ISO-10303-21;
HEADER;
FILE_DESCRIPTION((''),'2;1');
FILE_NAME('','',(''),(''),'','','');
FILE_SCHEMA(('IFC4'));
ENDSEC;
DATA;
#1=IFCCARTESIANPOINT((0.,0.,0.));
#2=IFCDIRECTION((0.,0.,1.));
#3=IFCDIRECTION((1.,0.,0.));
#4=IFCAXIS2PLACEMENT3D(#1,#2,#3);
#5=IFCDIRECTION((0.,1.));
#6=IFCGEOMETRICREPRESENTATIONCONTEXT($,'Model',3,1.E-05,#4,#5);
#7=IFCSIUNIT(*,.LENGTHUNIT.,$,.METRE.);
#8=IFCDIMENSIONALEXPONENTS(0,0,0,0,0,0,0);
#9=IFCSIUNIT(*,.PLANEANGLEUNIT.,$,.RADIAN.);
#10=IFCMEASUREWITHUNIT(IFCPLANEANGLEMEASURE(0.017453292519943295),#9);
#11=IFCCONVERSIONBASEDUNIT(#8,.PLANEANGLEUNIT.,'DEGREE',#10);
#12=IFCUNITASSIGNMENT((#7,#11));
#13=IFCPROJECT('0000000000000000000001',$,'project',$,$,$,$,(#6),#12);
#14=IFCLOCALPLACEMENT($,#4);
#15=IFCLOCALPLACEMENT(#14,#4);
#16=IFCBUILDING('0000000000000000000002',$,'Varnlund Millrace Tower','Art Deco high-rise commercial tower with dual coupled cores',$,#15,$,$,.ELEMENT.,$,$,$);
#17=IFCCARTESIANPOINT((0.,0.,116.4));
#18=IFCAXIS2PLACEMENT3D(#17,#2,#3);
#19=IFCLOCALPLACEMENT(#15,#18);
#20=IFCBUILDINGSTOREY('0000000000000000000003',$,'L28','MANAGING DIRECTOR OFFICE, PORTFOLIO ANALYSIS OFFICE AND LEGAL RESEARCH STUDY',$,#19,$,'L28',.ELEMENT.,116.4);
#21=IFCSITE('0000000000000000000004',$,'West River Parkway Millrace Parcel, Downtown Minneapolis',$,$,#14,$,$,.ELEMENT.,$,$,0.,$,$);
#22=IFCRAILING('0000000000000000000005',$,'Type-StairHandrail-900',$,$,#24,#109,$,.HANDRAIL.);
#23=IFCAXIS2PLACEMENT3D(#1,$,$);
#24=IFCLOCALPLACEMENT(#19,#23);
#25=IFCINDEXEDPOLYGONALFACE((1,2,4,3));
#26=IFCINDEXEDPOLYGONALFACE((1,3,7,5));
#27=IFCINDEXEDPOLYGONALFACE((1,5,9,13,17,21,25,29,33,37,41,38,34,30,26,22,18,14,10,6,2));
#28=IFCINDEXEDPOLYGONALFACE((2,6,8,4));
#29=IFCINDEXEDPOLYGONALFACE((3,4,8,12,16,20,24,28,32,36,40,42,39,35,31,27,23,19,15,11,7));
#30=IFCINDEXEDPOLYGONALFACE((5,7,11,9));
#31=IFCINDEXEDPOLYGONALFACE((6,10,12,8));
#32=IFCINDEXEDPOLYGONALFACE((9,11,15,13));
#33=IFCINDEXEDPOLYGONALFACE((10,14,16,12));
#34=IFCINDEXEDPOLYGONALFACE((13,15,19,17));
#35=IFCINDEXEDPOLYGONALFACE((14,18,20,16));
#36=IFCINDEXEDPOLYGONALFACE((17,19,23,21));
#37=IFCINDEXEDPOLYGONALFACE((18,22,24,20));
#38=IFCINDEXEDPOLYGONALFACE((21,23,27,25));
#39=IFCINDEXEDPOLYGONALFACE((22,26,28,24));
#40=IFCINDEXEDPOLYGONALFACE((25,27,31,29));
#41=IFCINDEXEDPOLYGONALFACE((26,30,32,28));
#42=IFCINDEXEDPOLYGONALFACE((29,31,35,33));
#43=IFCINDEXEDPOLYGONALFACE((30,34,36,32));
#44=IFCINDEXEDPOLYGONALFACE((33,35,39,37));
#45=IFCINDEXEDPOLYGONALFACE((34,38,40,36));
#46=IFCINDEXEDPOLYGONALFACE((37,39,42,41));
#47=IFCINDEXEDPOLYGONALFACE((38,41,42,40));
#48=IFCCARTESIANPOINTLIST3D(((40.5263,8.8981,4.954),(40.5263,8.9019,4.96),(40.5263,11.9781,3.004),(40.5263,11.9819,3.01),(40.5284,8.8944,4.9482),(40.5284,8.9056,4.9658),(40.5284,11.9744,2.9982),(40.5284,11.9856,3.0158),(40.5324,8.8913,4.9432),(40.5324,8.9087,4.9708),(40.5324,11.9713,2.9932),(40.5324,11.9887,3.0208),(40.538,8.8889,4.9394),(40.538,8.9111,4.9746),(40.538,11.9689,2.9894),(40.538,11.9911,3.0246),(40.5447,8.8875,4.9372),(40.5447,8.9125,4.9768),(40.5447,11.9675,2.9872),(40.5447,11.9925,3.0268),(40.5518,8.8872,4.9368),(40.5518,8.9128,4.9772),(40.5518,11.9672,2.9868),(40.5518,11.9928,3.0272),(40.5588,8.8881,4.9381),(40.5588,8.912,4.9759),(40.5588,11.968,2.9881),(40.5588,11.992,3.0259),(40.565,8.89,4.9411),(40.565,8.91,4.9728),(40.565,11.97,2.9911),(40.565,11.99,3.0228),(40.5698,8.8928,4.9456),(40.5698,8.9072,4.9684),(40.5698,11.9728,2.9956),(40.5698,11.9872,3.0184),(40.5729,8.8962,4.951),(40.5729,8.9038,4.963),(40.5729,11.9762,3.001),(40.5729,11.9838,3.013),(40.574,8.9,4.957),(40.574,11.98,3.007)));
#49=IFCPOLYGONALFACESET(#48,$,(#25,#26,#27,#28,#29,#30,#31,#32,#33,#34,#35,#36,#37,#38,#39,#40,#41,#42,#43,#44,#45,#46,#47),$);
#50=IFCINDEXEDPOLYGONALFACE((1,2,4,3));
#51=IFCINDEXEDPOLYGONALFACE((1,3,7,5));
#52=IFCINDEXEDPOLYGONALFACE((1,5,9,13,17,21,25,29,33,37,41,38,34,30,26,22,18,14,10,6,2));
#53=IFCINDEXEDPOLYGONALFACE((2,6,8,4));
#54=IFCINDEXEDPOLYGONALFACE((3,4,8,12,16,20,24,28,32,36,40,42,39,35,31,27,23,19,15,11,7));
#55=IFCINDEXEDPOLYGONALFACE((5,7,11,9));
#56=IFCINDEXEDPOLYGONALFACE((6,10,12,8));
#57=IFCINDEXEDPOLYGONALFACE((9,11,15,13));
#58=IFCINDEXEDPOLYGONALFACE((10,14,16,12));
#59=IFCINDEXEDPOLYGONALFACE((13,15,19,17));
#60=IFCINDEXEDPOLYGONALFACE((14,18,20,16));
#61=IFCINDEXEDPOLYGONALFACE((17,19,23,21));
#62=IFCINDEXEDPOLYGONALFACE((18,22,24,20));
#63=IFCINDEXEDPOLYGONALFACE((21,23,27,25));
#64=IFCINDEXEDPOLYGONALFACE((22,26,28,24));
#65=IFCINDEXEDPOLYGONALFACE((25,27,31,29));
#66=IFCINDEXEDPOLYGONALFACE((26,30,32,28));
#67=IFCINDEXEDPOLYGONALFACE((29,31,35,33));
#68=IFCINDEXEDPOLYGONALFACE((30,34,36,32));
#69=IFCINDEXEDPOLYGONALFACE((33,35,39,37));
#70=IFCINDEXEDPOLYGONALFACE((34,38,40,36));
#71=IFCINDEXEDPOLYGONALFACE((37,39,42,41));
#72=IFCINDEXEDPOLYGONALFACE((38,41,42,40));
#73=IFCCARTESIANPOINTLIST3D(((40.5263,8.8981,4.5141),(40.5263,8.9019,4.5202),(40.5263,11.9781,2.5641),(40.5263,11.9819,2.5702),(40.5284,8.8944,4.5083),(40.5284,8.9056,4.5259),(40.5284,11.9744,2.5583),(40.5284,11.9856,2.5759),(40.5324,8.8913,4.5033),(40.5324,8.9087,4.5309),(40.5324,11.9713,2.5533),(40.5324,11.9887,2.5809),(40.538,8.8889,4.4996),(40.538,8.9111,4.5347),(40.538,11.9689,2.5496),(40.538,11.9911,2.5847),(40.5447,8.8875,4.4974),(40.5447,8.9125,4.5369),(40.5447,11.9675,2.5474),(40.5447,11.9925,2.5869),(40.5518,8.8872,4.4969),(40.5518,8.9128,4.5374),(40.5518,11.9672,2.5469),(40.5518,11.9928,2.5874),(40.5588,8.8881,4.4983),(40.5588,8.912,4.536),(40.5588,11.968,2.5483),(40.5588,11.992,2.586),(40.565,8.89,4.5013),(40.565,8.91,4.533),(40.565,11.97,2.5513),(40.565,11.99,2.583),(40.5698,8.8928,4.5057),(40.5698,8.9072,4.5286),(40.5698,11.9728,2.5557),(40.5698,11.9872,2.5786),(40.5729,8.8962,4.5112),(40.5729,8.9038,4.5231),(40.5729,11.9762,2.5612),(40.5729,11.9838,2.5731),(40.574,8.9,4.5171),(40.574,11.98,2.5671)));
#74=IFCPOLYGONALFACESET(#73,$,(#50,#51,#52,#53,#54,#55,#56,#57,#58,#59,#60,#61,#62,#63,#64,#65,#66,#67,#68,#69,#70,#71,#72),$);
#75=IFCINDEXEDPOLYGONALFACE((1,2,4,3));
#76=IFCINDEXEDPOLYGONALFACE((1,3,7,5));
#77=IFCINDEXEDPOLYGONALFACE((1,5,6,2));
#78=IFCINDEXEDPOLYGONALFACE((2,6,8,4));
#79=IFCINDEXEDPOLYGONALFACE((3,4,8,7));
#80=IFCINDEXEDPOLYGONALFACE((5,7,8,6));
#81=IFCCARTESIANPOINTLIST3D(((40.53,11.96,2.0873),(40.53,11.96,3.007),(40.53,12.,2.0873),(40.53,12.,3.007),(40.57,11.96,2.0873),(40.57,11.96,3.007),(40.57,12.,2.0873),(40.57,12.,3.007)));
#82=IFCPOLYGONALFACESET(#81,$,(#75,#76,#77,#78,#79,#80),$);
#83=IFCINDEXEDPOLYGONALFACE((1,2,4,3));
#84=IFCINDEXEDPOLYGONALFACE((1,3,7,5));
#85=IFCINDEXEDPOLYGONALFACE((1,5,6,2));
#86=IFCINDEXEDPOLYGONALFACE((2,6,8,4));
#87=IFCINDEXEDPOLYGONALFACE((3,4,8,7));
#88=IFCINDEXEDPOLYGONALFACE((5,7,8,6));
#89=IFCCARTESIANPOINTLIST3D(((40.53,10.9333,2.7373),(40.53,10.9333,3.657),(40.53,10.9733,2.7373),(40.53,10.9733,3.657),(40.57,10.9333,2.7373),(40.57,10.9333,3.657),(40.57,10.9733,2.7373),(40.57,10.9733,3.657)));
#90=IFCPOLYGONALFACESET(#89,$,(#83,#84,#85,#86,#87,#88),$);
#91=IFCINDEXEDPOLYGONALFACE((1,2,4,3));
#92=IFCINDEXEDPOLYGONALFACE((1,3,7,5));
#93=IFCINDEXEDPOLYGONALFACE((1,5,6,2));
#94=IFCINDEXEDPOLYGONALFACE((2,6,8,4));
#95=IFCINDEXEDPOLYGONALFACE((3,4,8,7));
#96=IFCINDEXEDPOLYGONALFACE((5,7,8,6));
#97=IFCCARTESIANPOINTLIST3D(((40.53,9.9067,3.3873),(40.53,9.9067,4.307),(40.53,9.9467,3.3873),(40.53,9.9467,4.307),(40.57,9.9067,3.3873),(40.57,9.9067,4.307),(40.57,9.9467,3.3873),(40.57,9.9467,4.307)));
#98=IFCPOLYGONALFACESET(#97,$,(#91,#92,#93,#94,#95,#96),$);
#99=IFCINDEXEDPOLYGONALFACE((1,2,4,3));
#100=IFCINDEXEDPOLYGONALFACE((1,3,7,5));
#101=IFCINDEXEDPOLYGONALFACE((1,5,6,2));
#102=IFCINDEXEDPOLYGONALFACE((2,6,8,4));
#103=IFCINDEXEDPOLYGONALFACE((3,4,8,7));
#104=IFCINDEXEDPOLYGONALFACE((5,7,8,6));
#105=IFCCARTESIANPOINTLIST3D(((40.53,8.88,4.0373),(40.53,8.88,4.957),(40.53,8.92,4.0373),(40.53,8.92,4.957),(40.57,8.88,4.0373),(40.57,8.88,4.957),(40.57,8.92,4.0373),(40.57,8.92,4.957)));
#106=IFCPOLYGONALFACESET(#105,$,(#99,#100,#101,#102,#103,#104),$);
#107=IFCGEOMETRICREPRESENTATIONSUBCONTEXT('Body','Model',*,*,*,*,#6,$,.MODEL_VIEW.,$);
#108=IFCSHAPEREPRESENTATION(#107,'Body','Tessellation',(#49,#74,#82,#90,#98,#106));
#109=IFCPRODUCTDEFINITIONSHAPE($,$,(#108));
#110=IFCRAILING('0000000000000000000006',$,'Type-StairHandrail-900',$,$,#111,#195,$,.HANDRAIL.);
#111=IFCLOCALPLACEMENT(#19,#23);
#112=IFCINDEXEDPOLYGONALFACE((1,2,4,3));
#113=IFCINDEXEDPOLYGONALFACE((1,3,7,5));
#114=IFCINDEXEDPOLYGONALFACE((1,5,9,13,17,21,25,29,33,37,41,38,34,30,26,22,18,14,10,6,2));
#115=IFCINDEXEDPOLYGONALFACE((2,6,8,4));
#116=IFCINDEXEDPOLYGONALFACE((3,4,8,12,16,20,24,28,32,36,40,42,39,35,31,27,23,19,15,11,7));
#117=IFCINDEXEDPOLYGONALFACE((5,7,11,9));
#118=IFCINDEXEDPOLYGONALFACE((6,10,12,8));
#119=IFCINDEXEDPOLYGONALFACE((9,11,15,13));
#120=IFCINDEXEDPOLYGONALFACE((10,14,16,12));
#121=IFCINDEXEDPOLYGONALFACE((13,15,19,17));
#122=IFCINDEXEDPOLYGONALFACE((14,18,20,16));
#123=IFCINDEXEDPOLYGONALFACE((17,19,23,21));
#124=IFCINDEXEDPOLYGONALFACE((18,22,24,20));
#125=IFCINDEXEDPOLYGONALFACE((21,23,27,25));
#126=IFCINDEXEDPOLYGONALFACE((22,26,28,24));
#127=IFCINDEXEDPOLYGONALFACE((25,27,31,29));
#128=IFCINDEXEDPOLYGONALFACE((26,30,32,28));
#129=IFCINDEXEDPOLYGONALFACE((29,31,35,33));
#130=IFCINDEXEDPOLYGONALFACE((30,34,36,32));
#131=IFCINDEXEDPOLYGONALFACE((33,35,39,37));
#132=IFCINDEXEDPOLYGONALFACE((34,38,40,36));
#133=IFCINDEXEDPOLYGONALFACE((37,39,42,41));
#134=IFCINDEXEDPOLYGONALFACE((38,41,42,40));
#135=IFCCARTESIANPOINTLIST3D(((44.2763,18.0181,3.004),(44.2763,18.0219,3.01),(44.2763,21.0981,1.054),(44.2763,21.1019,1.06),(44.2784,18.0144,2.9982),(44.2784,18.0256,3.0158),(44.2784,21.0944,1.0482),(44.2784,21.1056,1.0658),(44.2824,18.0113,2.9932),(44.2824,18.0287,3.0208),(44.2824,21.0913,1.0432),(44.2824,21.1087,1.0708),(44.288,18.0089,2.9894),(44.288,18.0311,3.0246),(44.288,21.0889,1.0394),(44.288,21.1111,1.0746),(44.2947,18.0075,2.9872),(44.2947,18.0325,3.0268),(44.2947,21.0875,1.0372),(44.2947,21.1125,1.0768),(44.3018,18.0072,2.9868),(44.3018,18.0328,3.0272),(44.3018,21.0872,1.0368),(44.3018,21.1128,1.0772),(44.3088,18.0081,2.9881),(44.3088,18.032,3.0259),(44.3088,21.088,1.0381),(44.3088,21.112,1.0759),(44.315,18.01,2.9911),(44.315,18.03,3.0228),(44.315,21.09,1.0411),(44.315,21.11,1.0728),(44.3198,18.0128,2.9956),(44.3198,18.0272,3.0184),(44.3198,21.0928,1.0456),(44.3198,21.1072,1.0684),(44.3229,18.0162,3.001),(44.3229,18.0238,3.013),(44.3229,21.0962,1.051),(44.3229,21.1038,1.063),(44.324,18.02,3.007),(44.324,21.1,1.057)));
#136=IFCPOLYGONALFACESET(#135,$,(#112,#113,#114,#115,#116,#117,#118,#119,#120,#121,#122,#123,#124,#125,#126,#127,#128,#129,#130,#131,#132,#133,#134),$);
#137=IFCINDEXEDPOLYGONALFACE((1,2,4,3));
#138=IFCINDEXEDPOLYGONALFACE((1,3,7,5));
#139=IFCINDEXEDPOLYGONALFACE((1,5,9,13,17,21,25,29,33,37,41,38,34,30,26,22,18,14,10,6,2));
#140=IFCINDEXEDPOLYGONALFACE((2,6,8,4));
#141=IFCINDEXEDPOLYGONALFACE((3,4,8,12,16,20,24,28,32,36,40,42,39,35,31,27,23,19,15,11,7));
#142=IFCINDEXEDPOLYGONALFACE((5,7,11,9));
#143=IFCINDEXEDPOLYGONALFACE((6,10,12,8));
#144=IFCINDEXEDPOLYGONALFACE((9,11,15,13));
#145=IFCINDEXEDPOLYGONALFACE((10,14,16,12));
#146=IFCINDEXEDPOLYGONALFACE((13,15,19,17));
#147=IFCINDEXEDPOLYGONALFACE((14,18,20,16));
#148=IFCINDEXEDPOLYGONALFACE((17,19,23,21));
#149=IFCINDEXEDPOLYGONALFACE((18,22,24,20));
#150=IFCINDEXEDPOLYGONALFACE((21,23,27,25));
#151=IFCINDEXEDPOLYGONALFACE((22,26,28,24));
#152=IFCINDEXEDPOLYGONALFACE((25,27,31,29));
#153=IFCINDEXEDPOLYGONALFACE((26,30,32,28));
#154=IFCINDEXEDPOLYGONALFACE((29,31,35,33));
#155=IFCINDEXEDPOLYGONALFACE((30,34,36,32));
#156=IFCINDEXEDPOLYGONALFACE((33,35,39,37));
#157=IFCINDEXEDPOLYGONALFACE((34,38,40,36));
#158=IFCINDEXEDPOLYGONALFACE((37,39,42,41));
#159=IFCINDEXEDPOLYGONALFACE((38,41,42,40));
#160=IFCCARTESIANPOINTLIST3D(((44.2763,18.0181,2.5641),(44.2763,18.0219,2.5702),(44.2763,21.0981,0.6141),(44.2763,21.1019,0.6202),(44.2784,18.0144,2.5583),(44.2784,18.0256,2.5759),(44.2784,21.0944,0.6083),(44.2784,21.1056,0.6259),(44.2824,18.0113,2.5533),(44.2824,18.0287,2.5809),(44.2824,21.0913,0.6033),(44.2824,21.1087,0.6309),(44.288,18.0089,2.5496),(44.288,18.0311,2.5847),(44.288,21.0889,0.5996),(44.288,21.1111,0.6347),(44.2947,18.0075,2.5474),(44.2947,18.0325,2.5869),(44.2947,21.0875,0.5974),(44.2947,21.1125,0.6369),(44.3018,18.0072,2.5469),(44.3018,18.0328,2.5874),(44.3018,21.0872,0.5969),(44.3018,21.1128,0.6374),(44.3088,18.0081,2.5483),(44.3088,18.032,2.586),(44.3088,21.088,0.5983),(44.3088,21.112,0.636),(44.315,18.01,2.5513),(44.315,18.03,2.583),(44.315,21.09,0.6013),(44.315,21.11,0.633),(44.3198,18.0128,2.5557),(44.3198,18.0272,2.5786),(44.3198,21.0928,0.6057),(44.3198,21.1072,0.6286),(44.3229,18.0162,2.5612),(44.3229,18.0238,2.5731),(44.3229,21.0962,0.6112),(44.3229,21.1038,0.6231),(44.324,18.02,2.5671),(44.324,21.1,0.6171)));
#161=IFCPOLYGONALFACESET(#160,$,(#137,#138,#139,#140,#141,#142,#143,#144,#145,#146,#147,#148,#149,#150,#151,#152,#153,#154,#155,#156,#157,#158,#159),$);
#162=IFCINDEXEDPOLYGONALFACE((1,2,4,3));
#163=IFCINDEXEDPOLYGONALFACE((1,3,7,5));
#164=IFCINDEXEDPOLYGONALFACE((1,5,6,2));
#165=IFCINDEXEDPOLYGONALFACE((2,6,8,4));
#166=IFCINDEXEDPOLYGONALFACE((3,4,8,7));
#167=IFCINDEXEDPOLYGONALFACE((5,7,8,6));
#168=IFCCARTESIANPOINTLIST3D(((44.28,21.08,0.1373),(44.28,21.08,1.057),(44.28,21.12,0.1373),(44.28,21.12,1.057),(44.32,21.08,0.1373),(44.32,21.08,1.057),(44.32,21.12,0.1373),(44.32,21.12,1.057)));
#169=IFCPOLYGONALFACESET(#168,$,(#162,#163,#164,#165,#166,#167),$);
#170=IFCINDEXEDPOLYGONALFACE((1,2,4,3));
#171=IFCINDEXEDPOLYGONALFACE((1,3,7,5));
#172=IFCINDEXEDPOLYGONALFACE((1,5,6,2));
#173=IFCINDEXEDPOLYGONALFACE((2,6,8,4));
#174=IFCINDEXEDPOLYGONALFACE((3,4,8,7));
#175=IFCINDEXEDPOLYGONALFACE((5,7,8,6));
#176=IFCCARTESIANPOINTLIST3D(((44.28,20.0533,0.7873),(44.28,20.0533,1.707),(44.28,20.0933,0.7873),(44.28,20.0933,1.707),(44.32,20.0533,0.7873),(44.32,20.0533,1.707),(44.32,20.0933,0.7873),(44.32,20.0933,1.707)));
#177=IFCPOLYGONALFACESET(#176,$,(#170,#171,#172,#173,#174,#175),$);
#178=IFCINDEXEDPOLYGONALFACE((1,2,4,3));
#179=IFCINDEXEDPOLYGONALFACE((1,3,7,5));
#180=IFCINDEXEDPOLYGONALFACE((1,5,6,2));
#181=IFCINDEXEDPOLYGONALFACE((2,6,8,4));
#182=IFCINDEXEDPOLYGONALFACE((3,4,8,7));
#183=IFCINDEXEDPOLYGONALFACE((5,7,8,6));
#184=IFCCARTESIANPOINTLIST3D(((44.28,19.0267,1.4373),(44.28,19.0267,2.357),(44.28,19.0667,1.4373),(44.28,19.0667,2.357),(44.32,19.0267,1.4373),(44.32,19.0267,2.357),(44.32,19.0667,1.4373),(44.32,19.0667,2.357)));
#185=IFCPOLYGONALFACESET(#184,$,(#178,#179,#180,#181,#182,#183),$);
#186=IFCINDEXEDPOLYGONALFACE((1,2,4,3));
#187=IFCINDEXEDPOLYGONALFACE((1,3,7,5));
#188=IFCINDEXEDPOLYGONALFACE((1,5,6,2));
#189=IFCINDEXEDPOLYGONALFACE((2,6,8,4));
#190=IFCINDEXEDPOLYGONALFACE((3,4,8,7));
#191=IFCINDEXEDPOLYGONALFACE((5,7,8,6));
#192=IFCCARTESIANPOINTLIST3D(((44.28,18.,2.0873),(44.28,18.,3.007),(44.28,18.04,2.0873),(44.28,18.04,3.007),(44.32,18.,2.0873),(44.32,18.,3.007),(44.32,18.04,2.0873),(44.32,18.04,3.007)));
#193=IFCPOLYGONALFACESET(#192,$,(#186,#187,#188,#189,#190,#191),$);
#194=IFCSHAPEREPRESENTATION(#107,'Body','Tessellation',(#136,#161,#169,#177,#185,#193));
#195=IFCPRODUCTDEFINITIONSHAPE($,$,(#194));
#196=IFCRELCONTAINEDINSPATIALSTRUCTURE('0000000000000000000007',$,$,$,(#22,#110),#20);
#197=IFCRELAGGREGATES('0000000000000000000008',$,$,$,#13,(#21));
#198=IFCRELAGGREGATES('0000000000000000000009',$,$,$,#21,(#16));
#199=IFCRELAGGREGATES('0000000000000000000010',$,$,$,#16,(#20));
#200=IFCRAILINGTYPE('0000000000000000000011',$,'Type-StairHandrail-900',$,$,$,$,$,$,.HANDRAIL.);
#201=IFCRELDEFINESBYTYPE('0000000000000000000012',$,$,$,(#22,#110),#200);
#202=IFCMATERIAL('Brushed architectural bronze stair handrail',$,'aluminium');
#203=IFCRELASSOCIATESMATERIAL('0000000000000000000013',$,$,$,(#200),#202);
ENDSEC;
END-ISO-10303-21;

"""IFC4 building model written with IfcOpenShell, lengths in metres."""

from ifc_helpers import new_model, entity, si_unit, converted_unit, direction, frame, origin_with_axes, origin_2d_with_axis, place, context, subcontext, project, spatial, rectangle, circle, extrude, material, type_object, element, save


model = new_model("IFC4")

# Units and contexts
model_context = context("Model", 3, precision=1e-05, world=origin_with_axes(), true_north=direction((0.0, 1.0)))
body_context = subcontext(model_context, "Body", "Model", "MODEL_VIEW")
ifc_project = project(units=[si_unit("LENGTHUNIT", "METRE"), converted_unit("PLANEANGLEUNIT", "DEGREE", entity("IfcPlaneAngleMeasure", 0.017453292519943295), si_unit("PLANEANGLEUNIT", "RADIAN"), dimensions=[0, 0, 0, 0, 0, 0, 0])], contexts=[model_context])

# Site, building, storey
site_placement = place(None, origin_with_axes())
site = spatial("IfcSite", under=ifc_project, at=site_placement, Name="West River Parkway Millrace Parcel, Downtown Minneapolis", CompositionType="ELEMENT", RefElevation=0.0)
building_placement = place(site_placement, origin_with_axes())
building = spatial("IfcBuilding", under=site, at=building_placement, Name="Varnlund Millrace Tower", Description="Art Deco high-rise commercial tower with dual coupled cores", CompositionType="ELEMENT")
storey_placement = place(building_placement, frame((0.0, 0.0, 116.4), z_axis=(0.0, 0.0, 1.0), x_axis=(1.0, 0.0, 0.0)))
storey = spatial("IfcBuildingStorey", under=building, at=storey_placement, Name="L28", Description="MANAGING DIRECTOR OFFICE, PORTFOLIO ANALYSIS OFFICE AND LEGAL RESEARCH STUDY", LongName="L28", CompositionType="ELEMENT", Elevation=116.4)

# Railings
ifc_material_1 = material(Name="Brushed architectural bronze stair handrail", Category="aluminium")
railing_type_1 = type_object("IfcRailingType", Name="Type-StairHandrail-900", PredefinedType="HANDRAIL", material=ifc_material_1)
railing_1_placement = place(storey_placement, frame((0.0, 0.0, -116.4), z_axis=(0.0, 0.0, 1.0), x_axis=(1.0, 0.0, 0.0)))
element("IfcRailing", 1, at=railing_1_placement, inside=storey, type_object=railing_type_1, Name="Type-StairHandrail-900", PredefinedType="HANDRAIL", context=body_context, shape_type="SweptSolid", body=[
    extrude(circle(Radius=0.024, at=origin_2d_with_axis()), frame((40.55, 11.98, 119.407), z_axis=(0.0, -0.844902, 0.534922), x_axis=(1.0, 0.0, 0.0)), (0.0, 0.0, 1.0), 3.6454),
    extrude(circle(Radius=0.024, at=origin_2d_with_axis()), frame((40.55, 11.98, 118.9671), z_axis=(0.0, -0.844902, 0.534922), x_axis=(1.0, 0.0, 0.0)), (0.0, 0.0, 1.0), 3.6454),
    extrude(rectangle(XDim=0.04, YDim=0.04, at=origin_2d_with_axis()), frame((40.55, 11.98, 118.4873), z_axis=(0.0, 0.0, 1.0), x_axis=(1.0, 0.0, 0.0)), (0.0, 0.0, 1.0), 0.9197),
    extrude(rectangle(XDim=0.04, YDim=0.04, at=origin_2d_with_axis()), frame((40.55, 10.9533, 119.1373), z_axis=(0.0, 0.0, 1.0), x_axis=(1.0, 0.0, 0.0)), (0.0, 0.0, 1.0), 0.9197),
    extrude(rectangle(XDim=0.04, YDim=0.04, at=origin_2d_with_axis()), frame((40.55, 9.9267, 119.7873), z_axis=(0.0, 0.0, 1.0), x_axis=(1.0, 0.0, 0.0)), (0.0, 0.0, 1.0), 0.9197),
    extrude(rectangle(XDim=0.04, YDim=0.04, at=origin_2d_with_axis()), frame((40.55, 8.9, 120.4373), z_axis=(0.0, 0.0, 1.0), x_axis=(1.0, 0.0, 0.0)), (0.0, 0.0, 1.0), 0.9197),
])
railing_2_placement = place(storey_placement, frame((0.0, 0.0, -116.4), z_axis=(0.0, 0.0, 1.0), x_axis=(1.0, 0.0, 0.0)))
element("IfcRailing", 2, at=railing_2_placement, inside=storey, type_object=railing_type_1, Name="Type-StairHandrail-900", PredefinedType="HANDRAIL", context=body_context, shape_type="SweptSolid", body=[
    extrude(circle(Radius=0.024, at=origin_2d_with_axis()), frame((44.3, 21.1, 117.457), z_axis=(0.0, -0.844902, 0.534922), x_axis=(1.0, 0.0, 0.0)), (0.0, 0.0, 1.0), 3.6454),
    extrude(circle(Radius=0.024, at=origin_2d_with_axis()), frame((44.3, 21.1, 117.0171), z_axis=(0.0, -0.844902, 0.534922), x_axis=(1.0, 0.0, 0.0)), (0.0, 0.0, 1.0), 3.6454),
    extrude(rectangle(XDim=0.04, YDim=0.04, at=origin_2d_with_axis()), frame((44.3, 21.1, 116.5373), z_axis=(0.0, 0.0, 1.0), x_axis=(1.0, 0.0, 0.0)), (0.0, 0.0, 1.0), 0.9197),
    extrude(rectangle(XDim=0.04, YDim=0.04, at=origin_2d_with_axis()), frame((44.3, 20.0733, 117.1873), z_axis=(0.0, 0.0, 1.0), x_axis=(1.0, 0.0, 0.0)), (0.0, 0.0, 1.0), 0.9197),
    extrude(rectangle(XDim=0.04, YDim=0.04, at=origin_2d_with_axis()), frame((44.3, 19.0467, 117.8373), z_axis=(0.0, 0.0, 1.0), x_axis=(1.0, 0.0, 0.0)), (0.0, 0.0, 1.0), 0.9197),
    extrude(rectangle(XDim=0.04, YDim=0.04, at=origin_2d_with_axis()), frame((44.3, 18.02, 118.4873), z_axis=(0.0, 0.0, 1.0), x_axis=(1.0, 0.0, 0.0)), (0.0, 0.0, 1.0), 0.9197),
])

save(model, "model.ifc")
